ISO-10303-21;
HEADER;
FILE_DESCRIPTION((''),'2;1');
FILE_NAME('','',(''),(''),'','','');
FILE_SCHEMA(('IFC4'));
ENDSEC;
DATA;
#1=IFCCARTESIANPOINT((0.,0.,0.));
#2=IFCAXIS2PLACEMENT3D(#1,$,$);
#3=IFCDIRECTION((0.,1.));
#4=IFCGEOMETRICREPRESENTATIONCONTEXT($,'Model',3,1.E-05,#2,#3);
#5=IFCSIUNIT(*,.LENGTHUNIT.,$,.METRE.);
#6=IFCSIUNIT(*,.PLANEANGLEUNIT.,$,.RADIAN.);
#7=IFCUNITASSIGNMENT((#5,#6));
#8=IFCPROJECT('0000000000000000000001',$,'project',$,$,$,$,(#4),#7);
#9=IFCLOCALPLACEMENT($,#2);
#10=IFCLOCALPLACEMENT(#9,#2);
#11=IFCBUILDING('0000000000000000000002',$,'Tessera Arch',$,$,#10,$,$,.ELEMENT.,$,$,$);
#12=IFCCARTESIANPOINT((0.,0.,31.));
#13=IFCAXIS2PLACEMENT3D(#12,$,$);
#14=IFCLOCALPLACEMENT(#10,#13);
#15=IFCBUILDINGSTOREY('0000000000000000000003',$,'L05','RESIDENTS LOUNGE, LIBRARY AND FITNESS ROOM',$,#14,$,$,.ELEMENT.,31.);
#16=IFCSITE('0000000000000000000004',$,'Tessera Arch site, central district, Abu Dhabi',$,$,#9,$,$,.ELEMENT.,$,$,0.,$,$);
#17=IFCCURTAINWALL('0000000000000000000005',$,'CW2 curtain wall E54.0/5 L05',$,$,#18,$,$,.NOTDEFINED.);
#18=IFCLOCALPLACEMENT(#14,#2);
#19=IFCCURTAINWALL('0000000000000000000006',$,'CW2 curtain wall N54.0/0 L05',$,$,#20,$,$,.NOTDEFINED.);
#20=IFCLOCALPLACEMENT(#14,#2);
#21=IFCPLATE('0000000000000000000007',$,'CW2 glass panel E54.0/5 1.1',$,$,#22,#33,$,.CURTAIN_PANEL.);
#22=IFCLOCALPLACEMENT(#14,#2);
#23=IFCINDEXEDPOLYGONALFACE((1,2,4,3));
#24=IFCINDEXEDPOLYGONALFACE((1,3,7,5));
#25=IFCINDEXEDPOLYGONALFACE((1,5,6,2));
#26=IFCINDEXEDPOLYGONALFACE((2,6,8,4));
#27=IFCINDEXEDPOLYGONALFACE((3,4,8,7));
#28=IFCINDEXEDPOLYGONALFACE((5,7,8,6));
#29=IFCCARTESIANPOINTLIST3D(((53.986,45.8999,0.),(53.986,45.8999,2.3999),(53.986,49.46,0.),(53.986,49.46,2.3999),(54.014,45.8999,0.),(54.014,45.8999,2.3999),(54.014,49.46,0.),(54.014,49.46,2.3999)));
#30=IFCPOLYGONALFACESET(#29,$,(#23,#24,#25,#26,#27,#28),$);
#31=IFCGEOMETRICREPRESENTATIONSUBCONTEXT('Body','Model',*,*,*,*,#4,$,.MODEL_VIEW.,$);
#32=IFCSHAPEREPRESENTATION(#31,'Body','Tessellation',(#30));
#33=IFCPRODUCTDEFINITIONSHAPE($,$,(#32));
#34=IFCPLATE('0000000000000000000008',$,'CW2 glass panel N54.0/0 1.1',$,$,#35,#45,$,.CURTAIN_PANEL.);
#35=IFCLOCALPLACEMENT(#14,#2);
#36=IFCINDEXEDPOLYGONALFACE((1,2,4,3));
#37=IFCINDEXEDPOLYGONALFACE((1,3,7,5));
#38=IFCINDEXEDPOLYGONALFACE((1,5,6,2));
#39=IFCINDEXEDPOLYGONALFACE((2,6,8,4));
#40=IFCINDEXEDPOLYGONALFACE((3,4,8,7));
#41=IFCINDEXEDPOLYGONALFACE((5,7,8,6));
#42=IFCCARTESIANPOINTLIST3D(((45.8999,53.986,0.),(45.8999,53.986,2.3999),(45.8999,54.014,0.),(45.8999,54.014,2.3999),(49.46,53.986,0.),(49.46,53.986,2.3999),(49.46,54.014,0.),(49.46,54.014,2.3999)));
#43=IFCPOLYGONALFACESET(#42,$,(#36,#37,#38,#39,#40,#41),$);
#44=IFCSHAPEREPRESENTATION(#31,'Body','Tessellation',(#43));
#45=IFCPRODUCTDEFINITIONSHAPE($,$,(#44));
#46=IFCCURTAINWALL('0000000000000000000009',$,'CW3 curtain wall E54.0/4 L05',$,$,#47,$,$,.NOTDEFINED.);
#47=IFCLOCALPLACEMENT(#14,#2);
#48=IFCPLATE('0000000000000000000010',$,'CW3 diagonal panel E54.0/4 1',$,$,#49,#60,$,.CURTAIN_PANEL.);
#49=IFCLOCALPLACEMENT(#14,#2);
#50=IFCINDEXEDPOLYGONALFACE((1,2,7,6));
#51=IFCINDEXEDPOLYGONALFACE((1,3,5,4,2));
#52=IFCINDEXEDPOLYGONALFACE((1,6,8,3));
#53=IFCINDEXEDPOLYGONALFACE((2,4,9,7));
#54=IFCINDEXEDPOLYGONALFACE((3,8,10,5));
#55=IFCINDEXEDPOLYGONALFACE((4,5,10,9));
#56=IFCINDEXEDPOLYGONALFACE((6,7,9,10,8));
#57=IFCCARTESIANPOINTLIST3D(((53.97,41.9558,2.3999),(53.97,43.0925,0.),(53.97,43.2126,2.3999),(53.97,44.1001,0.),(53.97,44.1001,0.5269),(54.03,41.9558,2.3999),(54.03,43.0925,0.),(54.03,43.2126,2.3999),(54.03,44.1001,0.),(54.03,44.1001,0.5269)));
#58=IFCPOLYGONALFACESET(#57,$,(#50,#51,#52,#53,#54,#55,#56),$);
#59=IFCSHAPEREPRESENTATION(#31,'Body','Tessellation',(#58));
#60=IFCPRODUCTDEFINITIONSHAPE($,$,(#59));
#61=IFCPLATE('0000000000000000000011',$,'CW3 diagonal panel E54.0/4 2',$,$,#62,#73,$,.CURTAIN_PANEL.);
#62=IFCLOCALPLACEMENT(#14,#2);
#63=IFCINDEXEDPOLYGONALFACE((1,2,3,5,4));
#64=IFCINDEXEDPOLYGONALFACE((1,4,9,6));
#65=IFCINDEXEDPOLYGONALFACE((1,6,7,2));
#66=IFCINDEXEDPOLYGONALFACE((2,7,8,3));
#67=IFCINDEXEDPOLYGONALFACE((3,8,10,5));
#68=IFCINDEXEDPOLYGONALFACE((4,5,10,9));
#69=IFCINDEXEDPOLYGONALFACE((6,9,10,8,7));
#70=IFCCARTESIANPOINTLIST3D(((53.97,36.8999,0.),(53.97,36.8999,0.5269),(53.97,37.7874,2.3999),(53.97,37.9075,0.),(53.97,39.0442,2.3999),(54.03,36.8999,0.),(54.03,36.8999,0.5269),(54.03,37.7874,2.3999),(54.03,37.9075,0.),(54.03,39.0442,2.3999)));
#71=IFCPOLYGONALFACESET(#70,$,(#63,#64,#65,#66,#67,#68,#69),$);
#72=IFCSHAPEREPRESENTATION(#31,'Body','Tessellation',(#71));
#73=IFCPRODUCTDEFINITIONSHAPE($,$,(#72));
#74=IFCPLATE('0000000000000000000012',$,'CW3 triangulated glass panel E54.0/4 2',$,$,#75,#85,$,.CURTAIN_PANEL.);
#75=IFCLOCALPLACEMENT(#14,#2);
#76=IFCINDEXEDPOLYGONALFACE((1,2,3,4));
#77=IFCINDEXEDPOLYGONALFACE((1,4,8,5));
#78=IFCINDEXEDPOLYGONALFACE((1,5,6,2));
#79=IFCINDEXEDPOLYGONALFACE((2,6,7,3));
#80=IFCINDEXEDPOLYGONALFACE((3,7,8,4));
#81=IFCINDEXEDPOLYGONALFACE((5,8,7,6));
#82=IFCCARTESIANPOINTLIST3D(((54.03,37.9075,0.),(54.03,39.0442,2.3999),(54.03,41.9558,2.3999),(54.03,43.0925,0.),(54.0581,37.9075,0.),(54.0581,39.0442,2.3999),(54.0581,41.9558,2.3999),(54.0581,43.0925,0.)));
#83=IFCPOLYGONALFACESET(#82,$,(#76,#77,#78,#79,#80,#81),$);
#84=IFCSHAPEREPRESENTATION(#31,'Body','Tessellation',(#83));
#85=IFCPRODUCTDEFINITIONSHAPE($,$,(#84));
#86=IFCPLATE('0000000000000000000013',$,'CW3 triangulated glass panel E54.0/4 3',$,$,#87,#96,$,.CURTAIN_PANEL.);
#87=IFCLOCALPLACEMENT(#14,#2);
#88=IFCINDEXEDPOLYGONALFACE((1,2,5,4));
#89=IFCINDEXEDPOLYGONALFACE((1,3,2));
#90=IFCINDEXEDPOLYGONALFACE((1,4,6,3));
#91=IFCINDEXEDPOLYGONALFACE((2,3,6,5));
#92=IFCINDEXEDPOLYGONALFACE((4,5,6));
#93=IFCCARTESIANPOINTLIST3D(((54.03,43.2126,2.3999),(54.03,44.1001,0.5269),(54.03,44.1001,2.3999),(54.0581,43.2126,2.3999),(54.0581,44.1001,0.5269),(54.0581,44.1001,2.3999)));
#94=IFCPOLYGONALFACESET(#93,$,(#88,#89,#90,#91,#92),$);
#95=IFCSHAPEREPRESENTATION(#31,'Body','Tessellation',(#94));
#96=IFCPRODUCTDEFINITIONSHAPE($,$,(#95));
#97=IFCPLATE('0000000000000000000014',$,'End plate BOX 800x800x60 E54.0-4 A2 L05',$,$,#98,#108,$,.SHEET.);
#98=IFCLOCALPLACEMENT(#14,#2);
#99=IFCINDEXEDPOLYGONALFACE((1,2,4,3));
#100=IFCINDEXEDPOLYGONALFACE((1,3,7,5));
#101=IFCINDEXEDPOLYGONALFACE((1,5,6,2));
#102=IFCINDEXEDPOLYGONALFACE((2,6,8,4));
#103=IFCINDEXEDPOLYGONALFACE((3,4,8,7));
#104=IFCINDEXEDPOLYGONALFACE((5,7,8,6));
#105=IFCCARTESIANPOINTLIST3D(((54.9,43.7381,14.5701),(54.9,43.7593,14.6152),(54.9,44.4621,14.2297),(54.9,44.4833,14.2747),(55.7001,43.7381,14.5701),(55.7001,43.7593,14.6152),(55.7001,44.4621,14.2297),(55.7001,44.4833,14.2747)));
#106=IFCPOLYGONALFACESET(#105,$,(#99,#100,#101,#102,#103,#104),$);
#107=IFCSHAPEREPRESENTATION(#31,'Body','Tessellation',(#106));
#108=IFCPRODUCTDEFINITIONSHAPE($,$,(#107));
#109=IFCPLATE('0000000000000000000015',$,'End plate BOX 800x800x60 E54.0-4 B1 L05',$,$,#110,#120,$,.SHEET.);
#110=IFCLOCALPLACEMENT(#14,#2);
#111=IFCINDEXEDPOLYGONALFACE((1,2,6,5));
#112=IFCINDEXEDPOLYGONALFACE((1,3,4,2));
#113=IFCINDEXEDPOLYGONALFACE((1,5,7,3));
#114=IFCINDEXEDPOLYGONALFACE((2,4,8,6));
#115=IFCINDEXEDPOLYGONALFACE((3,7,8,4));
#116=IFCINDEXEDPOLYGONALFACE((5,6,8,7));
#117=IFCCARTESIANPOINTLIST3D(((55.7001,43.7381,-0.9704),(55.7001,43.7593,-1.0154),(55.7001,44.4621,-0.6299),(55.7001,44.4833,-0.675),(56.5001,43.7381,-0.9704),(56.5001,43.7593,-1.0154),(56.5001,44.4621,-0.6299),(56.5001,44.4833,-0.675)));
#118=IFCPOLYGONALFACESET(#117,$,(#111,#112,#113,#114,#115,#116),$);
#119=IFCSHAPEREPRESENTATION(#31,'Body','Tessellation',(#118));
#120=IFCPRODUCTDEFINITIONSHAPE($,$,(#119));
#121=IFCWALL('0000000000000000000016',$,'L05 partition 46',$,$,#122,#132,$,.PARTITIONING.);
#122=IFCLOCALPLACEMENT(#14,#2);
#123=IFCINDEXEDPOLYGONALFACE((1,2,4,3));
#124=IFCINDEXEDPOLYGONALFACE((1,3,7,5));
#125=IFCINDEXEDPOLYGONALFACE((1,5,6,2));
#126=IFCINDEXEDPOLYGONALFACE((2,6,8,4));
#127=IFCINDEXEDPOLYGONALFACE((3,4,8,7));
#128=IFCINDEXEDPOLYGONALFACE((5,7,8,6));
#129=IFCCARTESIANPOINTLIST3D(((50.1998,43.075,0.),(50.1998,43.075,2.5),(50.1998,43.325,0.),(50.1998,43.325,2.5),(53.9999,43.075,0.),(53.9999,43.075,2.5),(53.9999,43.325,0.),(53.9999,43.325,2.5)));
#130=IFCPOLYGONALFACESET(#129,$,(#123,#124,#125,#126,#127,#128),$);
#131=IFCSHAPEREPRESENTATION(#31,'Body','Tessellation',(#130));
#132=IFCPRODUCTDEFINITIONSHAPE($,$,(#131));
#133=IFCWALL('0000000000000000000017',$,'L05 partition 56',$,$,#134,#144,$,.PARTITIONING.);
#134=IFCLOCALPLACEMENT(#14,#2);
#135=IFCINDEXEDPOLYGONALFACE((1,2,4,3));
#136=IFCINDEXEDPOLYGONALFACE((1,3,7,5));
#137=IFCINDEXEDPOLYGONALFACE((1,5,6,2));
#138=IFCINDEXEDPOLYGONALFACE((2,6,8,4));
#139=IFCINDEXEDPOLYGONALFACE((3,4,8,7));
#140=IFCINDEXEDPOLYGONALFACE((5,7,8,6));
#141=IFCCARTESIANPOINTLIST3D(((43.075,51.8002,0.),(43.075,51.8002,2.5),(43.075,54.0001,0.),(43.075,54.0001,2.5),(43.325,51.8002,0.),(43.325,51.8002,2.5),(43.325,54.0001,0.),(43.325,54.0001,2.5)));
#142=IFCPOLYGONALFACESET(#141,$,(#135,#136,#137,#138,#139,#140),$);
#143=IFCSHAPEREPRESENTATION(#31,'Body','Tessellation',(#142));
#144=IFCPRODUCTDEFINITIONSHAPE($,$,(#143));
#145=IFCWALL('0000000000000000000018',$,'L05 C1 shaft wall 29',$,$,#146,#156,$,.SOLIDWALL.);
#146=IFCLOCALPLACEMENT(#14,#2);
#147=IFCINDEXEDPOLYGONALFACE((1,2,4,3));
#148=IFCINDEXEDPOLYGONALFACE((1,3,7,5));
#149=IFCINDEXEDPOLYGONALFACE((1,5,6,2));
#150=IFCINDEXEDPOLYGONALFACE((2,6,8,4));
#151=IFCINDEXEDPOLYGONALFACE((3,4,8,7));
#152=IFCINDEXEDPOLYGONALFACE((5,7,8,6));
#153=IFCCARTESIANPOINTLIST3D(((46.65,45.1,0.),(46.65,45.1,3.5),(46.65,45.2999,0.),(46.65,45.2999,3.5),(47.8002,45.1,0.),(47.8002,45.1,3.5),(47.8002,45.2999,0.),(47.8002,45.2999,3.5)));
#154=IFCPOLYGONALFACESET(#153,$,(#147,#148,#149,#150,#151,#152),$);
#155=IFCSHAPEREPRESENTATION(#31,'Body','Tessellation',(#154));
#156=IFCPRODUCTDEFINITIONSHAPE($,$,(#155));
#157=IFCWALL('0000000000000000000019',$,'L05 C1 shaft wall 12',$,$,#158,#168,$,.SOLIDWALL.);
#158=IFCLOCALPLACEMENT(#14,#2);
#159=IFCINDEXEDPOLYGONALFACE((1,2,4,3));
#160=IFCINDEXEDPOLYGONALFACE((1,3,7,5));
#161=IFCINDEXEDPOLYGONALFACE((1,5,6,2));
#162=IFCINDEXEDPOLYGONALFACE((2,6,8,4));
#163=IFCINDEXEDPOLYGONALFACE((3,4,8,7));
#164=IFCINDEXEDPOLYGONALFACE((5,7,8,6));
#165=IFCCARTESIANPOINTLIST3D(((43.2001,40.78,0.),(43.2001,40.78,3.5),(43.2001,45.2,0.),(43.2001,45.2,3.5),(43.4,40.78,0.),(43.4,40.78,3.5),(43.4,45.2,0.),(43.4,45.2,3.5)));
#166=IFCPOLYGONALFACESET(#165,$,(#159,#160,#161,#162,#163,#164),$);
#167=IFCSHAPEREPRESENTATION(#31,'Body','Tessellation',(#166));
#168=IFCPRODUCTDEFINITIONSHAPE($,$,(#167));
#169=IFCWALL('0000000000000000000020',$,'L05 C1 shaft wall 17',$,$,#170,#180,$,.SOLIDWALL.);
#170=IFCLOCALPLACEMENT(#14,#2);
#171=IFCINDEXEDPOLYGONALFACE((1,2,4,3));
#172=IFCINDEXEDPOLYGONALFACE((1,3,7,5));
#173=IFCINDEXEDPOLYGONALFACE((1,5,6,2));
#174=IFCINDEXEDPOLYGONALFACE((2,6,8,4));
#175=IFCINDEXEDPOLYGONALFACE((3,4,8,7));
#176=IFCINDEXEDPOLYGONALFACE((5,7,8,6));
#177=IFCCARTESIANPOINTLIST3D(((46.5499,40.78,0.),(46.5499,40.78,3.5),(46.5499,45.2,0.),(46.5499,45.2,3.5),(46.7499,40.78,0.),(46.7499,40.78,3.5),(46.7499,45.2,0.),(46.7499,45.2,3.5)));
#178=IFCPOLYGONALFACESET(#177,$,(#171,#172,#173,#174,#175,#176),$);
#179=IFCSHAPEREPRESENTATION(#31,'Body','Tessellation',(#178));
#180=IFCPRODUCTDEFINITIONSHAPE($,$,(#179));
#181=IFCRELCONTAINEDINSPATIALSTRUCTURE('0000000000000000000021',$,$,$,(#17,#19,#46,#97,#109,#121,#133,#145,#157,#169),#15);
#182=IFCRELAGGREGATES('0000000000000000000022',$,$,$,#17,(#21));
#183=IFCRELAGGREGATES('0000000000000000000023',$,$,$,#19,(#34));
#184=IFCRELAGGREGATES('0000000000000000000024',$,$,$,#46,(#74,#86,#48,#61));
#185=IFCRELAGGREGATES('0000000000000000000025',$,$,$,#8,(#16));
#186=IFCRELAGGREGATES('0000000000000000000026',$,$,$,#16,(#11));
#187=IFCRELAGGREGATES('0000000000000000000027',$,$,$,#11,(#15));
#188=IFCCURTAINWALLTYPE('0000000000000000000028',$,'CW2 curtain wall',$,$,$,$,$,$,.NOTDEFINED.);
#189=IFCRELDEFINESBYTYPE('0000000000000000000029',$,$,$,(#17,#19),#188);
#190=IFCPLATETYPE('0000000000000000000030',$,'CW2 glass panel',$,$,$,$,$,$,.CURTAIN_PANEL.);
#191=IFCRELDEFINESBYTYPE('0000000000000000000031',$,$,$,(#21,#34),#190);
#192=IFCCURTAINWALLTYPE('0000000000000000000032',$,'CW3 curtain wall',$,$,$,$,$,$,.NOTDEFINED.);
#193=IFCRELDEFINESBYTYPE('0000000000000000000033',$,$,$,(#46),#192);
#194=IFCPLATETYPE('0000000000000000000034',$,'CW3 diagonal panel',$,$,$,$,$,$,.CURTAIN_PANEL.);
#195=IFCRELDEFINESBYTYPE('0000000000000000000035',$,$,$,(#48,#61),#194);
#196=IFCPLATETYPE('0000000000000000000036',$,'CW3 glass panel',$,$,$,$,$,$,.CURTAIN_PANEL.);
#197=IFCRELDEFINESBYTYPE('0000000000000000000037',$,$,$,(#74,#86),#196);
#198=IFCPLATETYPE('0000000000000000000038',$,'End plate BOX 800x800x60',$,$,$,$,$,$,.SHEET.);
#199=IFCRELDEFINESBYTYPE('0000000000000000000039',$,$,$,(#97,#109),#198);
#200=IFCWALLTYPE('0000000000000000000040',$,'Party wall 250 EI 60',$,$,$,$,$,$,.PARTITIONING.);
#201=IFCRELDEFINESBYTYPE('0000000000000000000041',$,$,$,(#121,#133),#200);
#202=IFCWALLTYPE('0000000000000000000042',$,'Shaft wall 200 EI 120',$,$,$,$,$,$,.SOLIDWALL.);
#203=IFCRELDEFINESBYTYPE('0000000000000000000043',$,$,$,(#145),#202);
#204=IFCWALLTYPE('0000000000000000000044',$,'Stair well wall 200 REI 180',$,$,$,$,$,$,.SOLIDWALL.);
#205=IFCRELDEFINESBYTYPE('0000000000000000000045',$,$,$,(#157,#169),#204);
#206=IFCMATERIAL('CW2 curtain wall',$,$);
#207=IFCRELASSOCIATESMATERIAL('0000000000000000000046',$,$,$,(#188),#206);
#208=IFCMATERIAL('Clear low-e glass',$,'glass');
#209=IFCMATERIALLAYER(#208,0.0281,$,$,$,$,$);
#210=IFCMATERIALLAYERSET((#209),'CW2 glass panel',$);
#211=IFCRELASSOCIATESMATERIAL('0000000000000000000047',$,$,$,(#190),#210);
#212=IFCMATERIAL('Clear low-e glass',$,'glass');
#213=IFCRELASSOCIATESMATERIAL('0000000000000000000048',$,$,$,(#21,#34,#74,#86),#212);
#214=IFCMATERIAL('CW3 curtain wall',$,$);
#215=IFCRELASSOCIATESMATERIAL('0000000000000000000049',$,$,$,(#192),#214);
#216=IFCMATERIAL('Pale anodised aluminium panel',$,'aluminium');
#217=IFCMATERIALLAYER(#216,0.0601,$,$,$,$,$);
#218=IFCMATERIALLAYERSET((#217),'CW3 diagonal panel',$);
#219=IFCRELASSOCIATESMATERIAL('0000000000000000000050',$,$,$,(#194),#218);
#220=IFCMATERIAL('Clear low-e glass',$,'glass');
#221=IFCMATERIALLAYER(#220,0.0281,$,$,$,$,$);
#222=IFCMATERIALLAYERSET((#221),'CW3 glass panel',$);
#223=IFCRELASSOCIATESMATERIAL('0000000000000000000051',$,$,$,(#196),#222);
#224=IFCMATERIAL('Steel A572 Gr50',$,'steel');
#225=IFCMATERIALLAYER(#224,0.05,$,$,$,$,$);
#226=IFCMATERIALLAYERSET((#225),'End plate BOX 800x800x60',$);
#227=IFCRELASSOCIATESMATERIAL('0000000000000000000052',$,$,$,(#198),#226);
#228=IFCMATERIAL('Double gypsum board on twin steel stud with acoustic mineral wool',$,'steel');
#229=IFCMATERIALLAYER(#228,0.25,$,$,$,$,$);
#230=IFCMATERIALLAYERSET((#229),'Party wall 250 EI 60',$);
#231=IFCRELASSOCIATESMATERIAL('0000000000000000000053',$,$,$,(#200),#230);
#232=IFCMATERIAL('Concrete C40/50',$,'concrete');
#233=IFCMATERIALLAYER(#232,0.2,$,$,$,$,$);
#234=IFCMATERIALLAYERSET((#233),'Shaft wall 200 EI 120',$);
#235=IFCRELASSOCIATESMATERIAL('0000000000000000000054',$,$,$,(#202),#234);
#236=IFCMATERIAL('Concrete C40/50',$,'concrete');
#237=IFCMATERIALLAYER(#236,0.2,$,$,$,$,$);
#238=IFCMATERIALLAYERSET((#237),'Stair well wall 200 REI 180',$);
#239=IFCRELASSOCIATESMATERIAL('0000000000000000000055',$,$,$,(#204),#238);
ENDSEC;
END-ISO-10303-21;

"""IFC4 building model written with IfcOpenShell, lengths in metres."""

from ifc_helpers import new_model, si_unit, direction, frame, frame_2d, origin, origin_2d, place, context, subcontext, project, spatial, polyline, rectangle, outline, extrude, material, layer, layer_set, type_object, element, aggregate, save


model = new_model("IFC4")

# Units and contexts
model_context = context("Model", 3, precision=1e-05, world=origin(), true_north=direction((0.0, 1.0)))
body_context = subcontext(model_context, "Body", "Model", "MODEL_VIEW")
ifc_project = project(units=[si_unit("LENGTHUNIT", "METRE"), si_unit("PLANEANGLEUNIT", "RADIAN")], contexts=[model_context])

# Site, building, storey
site_placement = place(None, origin())
site = spatial("IfcSite", under=ifc_project, at=site_placement, Name="Tessera Arch site, central district, Abu Dhabi", CompositionType="ELEMENT", RefElevation=0.0)
building_placement = place(site_placement, origin())
building = spatial("IfcBuilding", under=site, at=building_placement, Name="Tessera Arch", CompositionType="ELEMENT")
storey_placement = place(building_placement, frame((0.0, 0.0, 31.0)))
storey = spatial("IfcBuildingStorey", under=building, at=storey_placement, Name="L05", Description="RESIDENTS LOUNGE, LIBRARY AND FITNESS ROOM", CompositionType="ELEMENT", Elevation=31.0)

# Curtain walls
ifc_material_1 = material(Name="CW2 curtain wall")
curtain_wall_type_1 = type_object("IfcCurtainWallType", Name="CW2 curtain wall", PredefinedType="NOTDEFINED", material=ifc_material_1)
curtain_wall_1_placement = place(storey_placement, origin())
curtain_wall_1 = element("IfcCurtainWall", 1, at=curtain_wall_1_placement, inside=storey, type_object=curtain_wall_type_1, Name="CW2 curtain wall E54.0/5 L05", PredefinedType="NOTDEFINED")
curtain_wall_2_placement = place(storey_placement, origin())
curtain_wall_2 = element("IfcCurtainWall", 2, at=curtain_wall_2_placement, inside=storey, type_object=curtain_wall_type_1, Name="CW2 curtain wall N54.0/0 L05", PredefinedType="NOTDEFINED")

# Plates
ifc_material_2 = material(Name="Clear low-e glass", Category="glass")
ifc_material_3 = material(Name="Clear low-e glass", Category="glass")
ifc_layer_1 = layer(ifc_material_3, 0.0281)
ifc_layer_set_1 = layer_set([ifc_layer_1], Name="CW2 glass panel")
plate_type_1 = type_object("IfcPlateType", Name="CW2 glass panel", PredefinedType="CURTAIN_PANEL", material=ifc_layer_set_1)
plate_1_placement = place(storey_placement, frame((54.0, 47.6799, 0.0), z_axis=(0.0, 0.0, 1.0), x_axis=(0.0, 1.0, 0.0)))
plate_1 = element("IfcPlate", 3, at=plate_1_placement, type_object=plate_type_1, material=ifc_material_2, Name="CW2 glass panel E54.0/5 1.1", PredefinedType="CURTAIN_PANEL", context=body_context, shape_type="SweptSolid", body=[
    extrude(rectangle(XDim=3.5601, YDim=0.0281, at=origin_2d()), origin(), (0.0, 0.0, 1.0), 2.3999),
])
aggregate(curtain_wall_1, [plate_1])
plate_2_placement = place(storey_placement, frame((47.6799, 54.0, 0.0), z_axis=(0.0, 0.0, 1.0), x_axis=(-1.0, 0.0, 0.0)))
plate_2 = element("IfcPlate", 4, at=plate_2_placement, type_object=plate_type_1, material=ifc_material_2, Name="CW2 glass panel N54.0/0 1.1", PredefinedType="CURTAIN_PANEL", context=body_context, shape_type="SweptSolid", body=[
    extrude(rectangle(XDim=3.5601, YDim=0.0281, at=origin_2d()), origin(), (0.0, 0.0, 1.0), 2.3999),
])
aggregate(curtain_wall_2, [plate_2])

# Curtain wall, plates
ifc_material_4 = material(Name="CW3 curtain wall")
curtain_wall_type_2 = type_object("IfcCurtainWallType", Name="CW3 curtain wall", PredefinedType="NOTDEFINED", material=ifc_material_4)
curtain_wall_3_placement = place(storey_placement, origin())
curtain_wall_3 = element("IfcCurtainWall", 5, at=curtain_wall_3_placement, inside=storey, type_object=curtain_wall_type_2, Name="CW3 curtain wall E54.0/4 L05", PredefinedType="NOTDEFINED")
ifc_material_5 = material(Name="Pale anodised aluminium panel", Category="aluminium")
ifc_layer_2 = layer(ifc_material_5, 0.0601)
ifc_layer_set_2 = layer_set([ifc_layer_2], Name="CW3 diagonal panel")
plate_type_2 = type_object("IfcPlateType", Name="CW3 diagonal panel", PredefinedType="CURTAIN_PANEL", material=ifc_layer_set_2)
plate_3_placement = place(storey_placement, frame((54.03, 44.1001, 0.0), z_axis=(1.0, 0.0, 0.0), x_axis=(0.0, 0.0, 1.0)))
plate_3 = element("IfcPlate", 6, at=plate_3_placement, type_object=plate_type_2, Name="CW3 diagonal panel E54.0/4 1", PredefinedType="CURTAIN_PANEL", context=body_context, shape_type="SweptSolid", body=[
    extrude(outline(polyline([(0.0, 0.0), (0.5269, 0.0), (2.3999, 0.8875), (2.3999, 2.1443), (0.0, 1.0076), (0.0, 0.0)])), origin(), (0.0, 0.0, -1.0), 0.0601),
])
plate_4_placement = place(storey_placement, frame((54.03, 39.0442, 2.3999), z_axis=(1.0, 0.0, 0.0), x_axis=(0.0, -1.0, 0.0)))
plate_4 = element("IfcPlate", 7, at=plate_4_placement, type_object=plate_type_2, Name="CW3 diagonal panel E54.0/4 2", PredefinedType="CURTAIN_PANEL", context=body_context, shape_type="SweptSolid", body=[
    extrude(outline(polyline([(0.0, 0.0), (1.2568, 0.0), (2.1443, 1.873), (2.1443, 2.3999), (1.1367, 2.3999), (0.0, 0.0)])), origin(), (0.0, 0.0, -1.0), 0.0601),
])
ifc_material_6 = material(Name="Clear low-e glass", Category="glass")
ifc_layer_3 = layer(ifc_material_6, 0.0281)
ifc_layer_set_3 = layer_set([ifc_layer_3], Name="CW3 glass panel")
plate_type_3 = type_object("IfcPlateType", Name="CW3 glass panel", PredefinedType="CURTAIN_PANEL", material=ifc_layer_set_3)
plate_5_placement = place(storey_placement, frame((54.0581, 41.9558, 2.3999), z_axis=(1.0, 0.0, 0.0), x_axis=(0.0, -1.0, 0.0)))
plate_5 = element("IfcPlate", 8, at=plate_5_placement, type_object=plate_type_3, material=ifc_material_2, Name="CW3 triangulated glass panel E54.0/4 2", PredefinedType="CURTAIN_PANEL", context=body_context, shape_type="SweptSolid", body=[
    extrude(outline(polyline([(0.0, 0.0), (2.9116, 0.0), (4.0483, 2.3999), (-1.1367, 2.3999), (0.0, 0.0)])), origin(), (0.0, 0.0, -1.0), 0.0281),
])
plate_6_placement = place(storey_placement, frame((54.0581, 44.1001, 2.3999), z_axis=(1.0, 0.0, 0.0), x_axis=(0.0, -1.0, 0.0)))
plate_6 = element("IfcPlate", 9, at=plate_6_placement, type_object=plate_type_3, material=ifc_material_2, Name="CW3 triangulated glass panel E54.0/4 3", PredefinedType="CURTAIN_PANEL", context=body_context, shape_type="SweptSolid", body=[
    extrude(outline(polyline([(0.0, 0.0), (0.8875, 0.0), (0.0, 1.873), (0.0, 0.0)])), origin(), (0.0, 0.0, -1.0), 0.0281),
])
aggregate(curtain_wall_3, [plate_5, plate_6, plate_3, plate_4])

# Plates
ifc_material_7 = material(Name="Steel A572 Gr50", Category="steel")
ifc_layer_4 = layer(ifc_material_7, 0.05)
ifc_layer_set_4 = layer_set([ifc_layer_4], Name="End plate BOX 800x800x60")
plate_type_4 = type_object("IfcPlateType", Name="End plate BOX 800x800x60", PredefinedType="SHEET", material=ifc_layer_set_4)
for number, where, z_axis, x_axis, name in (
    (10, (55.3, 44.1001, 14.3999), (0.0, 0.425561, 0.90493), (-1.0, 0.0, 0.0), "End plate BOX 800x800x60 E54.0-4 A2 L05"),
    (11, (56.1001, 44.1213, -0.8452), (0.0, -0.425561, 0.90493), (1.0, 0.0, 0.0), "End plate BOX 800x800x60 E54.0-4 B1 L05"),
):
    element("IfcPlate", number, at=place(storey_placement, frame(where, z_axis=z_axis, x_axis=x_axis)), inside=storey, type_object=plate_type_4, Name=name, PredefinedType="SHEET", context=body_context, shape_type="SweptSolid", body=[
        extrude(rectangle(XDim=0.8, YDim=0.8, at=origin_2d()), origin(), (0.0, 0.0, 1.0), 0.0498),
    ])

# Walls
ifc_material_8 = material(Name="Double gypsum board on twin steel stud with acoustic mineral wool", Category="steel")
ifc_layer_5 = layer(ifc_material_8, 0.25)
ifc_layer_set_5 = layer_set([ifc_layer_5], Name="Party wall 250 EI 60")
wall_type_1 = type_object("IfcWallType", Name="Party wall 250 EI 60", PredefinedType="PARTITIONING", material=ifc_layer_set_5)
wall_1_placement = place(storey_placement, frame((50.2, 43.2, 0.0), z_axis=(0.0, 0.0, 1.0), x_axis=(1.0, 0.0, 0.0)))
element("IfcWall", 12, at=wall_1_placement, inside=storey, type_object=wall_type_1, Name="L05 partition 46", PredefinedType="PARTITIONING", context=body_context, shape_type="SweptSolid", body=[
    extrude(rectangle(XDim=3.8, YDim=0.25, at=frame_2d((1.8999, 0.0))), origin(), (0.0, 0.0, 1.0), 2.5),
])
wall_2_placement = place(storey_placement, frame((43.2, 51.8, 0.0), z_axis=(0.0, 0.0, 1.0), x_axis=(0.0, 1.0, 0.0)))
element("IfcWall", 13, at=wall_2_placement, inside=storey, type_object=wall_type_1, Name="L05 partition 56", PredefinedType="PARTITIONING", context=body_context, shape_type="SweptSolid", body=[
    extrude(rectangle(XDim=2.2, YDim=0.25, at=frame_2d((1.1001, 0.0))), origin(), (0.0, 0.0, 1.0), 2.5),
])
ifc_material_9 = material(Name="Concrete C40/50", Category="concrete")
ifc_layer_6 = layer(ifc_material_9, 0.2)
ifc_layer_set_6 = layer_set([ifc_layer_6], Name="Shaft wall 200 EI 120")
wall_type_2 = type_object("IfcWallType", Name="Shaft wall 200 EI 120", PredefinedType="SOLIDWALL", material=ifc_layer_set_6)
wall_3_placement = place(storey_placement, frame((46.6499, 45.2, 0.0), z_axis=(0.0, 0.0, 1.0), x_axis=(1.0, 0.0, 0.0)))
element("IfcWall", 14, at=wall_3_placement, inside=storey, type_object=wall_type_2, Name="L05 C1 shaft wall 29", PredefinedType="SOLIDWALL", context=body_context, shape_type="SweptSolid", body=[
    extrude(rectangle(XDim=1.1501, YDim=0.2, at=frame_2d((0.5752, 0.0))), origin(), (0.0, 0.0, 1.0), 3.5),
])
ifc_material_10 = material(Name="Concrete C40/50", Category="concrete")
ifc_layer_7 = layer(ifc_material_10, 0.2)
ifc_layer_set_7 = layer_set([ifc_layer_7], Name="Stair well wall 200 REI 180")
wall_type_3 = type_object("IfcWallType", Name="Stair well wall 200 REI 180", PredefinedType="SOLIDWALL", material=ifc_layer_set_7)
for number, where, z_axis, x_axis, name in (
    (15, (43.3, 40.78, 0.0), (0.0, 0.0, 1.0), (0.0, 1.0, 0.0), "L05 C1 shaft wall 12"),
    (16, (46.6499, 40.78, 0.0), (0.0, 0.0, 1.0), (0.0, 1.0, 0.0), "L05 C1 shaft wall 17"),
):
    element("IfcWall", number, at=place(storey_placement, frame(where, z_axis=z_axis, x_axis=x_axis)), inside=storey, type_object=wall_type_3, Name=name, PredefinedType="SOLIDWALL", context=body_context, shape_type="SweptSolid", body=[
        extrude(rectangle(XDim=4.4199, YDim=0.2, at=frame_2d((2.21, 0.0))), origin(), (0.0, 0.0, 1.0), 3.5),
    ])

save(model, "model.ifc")
